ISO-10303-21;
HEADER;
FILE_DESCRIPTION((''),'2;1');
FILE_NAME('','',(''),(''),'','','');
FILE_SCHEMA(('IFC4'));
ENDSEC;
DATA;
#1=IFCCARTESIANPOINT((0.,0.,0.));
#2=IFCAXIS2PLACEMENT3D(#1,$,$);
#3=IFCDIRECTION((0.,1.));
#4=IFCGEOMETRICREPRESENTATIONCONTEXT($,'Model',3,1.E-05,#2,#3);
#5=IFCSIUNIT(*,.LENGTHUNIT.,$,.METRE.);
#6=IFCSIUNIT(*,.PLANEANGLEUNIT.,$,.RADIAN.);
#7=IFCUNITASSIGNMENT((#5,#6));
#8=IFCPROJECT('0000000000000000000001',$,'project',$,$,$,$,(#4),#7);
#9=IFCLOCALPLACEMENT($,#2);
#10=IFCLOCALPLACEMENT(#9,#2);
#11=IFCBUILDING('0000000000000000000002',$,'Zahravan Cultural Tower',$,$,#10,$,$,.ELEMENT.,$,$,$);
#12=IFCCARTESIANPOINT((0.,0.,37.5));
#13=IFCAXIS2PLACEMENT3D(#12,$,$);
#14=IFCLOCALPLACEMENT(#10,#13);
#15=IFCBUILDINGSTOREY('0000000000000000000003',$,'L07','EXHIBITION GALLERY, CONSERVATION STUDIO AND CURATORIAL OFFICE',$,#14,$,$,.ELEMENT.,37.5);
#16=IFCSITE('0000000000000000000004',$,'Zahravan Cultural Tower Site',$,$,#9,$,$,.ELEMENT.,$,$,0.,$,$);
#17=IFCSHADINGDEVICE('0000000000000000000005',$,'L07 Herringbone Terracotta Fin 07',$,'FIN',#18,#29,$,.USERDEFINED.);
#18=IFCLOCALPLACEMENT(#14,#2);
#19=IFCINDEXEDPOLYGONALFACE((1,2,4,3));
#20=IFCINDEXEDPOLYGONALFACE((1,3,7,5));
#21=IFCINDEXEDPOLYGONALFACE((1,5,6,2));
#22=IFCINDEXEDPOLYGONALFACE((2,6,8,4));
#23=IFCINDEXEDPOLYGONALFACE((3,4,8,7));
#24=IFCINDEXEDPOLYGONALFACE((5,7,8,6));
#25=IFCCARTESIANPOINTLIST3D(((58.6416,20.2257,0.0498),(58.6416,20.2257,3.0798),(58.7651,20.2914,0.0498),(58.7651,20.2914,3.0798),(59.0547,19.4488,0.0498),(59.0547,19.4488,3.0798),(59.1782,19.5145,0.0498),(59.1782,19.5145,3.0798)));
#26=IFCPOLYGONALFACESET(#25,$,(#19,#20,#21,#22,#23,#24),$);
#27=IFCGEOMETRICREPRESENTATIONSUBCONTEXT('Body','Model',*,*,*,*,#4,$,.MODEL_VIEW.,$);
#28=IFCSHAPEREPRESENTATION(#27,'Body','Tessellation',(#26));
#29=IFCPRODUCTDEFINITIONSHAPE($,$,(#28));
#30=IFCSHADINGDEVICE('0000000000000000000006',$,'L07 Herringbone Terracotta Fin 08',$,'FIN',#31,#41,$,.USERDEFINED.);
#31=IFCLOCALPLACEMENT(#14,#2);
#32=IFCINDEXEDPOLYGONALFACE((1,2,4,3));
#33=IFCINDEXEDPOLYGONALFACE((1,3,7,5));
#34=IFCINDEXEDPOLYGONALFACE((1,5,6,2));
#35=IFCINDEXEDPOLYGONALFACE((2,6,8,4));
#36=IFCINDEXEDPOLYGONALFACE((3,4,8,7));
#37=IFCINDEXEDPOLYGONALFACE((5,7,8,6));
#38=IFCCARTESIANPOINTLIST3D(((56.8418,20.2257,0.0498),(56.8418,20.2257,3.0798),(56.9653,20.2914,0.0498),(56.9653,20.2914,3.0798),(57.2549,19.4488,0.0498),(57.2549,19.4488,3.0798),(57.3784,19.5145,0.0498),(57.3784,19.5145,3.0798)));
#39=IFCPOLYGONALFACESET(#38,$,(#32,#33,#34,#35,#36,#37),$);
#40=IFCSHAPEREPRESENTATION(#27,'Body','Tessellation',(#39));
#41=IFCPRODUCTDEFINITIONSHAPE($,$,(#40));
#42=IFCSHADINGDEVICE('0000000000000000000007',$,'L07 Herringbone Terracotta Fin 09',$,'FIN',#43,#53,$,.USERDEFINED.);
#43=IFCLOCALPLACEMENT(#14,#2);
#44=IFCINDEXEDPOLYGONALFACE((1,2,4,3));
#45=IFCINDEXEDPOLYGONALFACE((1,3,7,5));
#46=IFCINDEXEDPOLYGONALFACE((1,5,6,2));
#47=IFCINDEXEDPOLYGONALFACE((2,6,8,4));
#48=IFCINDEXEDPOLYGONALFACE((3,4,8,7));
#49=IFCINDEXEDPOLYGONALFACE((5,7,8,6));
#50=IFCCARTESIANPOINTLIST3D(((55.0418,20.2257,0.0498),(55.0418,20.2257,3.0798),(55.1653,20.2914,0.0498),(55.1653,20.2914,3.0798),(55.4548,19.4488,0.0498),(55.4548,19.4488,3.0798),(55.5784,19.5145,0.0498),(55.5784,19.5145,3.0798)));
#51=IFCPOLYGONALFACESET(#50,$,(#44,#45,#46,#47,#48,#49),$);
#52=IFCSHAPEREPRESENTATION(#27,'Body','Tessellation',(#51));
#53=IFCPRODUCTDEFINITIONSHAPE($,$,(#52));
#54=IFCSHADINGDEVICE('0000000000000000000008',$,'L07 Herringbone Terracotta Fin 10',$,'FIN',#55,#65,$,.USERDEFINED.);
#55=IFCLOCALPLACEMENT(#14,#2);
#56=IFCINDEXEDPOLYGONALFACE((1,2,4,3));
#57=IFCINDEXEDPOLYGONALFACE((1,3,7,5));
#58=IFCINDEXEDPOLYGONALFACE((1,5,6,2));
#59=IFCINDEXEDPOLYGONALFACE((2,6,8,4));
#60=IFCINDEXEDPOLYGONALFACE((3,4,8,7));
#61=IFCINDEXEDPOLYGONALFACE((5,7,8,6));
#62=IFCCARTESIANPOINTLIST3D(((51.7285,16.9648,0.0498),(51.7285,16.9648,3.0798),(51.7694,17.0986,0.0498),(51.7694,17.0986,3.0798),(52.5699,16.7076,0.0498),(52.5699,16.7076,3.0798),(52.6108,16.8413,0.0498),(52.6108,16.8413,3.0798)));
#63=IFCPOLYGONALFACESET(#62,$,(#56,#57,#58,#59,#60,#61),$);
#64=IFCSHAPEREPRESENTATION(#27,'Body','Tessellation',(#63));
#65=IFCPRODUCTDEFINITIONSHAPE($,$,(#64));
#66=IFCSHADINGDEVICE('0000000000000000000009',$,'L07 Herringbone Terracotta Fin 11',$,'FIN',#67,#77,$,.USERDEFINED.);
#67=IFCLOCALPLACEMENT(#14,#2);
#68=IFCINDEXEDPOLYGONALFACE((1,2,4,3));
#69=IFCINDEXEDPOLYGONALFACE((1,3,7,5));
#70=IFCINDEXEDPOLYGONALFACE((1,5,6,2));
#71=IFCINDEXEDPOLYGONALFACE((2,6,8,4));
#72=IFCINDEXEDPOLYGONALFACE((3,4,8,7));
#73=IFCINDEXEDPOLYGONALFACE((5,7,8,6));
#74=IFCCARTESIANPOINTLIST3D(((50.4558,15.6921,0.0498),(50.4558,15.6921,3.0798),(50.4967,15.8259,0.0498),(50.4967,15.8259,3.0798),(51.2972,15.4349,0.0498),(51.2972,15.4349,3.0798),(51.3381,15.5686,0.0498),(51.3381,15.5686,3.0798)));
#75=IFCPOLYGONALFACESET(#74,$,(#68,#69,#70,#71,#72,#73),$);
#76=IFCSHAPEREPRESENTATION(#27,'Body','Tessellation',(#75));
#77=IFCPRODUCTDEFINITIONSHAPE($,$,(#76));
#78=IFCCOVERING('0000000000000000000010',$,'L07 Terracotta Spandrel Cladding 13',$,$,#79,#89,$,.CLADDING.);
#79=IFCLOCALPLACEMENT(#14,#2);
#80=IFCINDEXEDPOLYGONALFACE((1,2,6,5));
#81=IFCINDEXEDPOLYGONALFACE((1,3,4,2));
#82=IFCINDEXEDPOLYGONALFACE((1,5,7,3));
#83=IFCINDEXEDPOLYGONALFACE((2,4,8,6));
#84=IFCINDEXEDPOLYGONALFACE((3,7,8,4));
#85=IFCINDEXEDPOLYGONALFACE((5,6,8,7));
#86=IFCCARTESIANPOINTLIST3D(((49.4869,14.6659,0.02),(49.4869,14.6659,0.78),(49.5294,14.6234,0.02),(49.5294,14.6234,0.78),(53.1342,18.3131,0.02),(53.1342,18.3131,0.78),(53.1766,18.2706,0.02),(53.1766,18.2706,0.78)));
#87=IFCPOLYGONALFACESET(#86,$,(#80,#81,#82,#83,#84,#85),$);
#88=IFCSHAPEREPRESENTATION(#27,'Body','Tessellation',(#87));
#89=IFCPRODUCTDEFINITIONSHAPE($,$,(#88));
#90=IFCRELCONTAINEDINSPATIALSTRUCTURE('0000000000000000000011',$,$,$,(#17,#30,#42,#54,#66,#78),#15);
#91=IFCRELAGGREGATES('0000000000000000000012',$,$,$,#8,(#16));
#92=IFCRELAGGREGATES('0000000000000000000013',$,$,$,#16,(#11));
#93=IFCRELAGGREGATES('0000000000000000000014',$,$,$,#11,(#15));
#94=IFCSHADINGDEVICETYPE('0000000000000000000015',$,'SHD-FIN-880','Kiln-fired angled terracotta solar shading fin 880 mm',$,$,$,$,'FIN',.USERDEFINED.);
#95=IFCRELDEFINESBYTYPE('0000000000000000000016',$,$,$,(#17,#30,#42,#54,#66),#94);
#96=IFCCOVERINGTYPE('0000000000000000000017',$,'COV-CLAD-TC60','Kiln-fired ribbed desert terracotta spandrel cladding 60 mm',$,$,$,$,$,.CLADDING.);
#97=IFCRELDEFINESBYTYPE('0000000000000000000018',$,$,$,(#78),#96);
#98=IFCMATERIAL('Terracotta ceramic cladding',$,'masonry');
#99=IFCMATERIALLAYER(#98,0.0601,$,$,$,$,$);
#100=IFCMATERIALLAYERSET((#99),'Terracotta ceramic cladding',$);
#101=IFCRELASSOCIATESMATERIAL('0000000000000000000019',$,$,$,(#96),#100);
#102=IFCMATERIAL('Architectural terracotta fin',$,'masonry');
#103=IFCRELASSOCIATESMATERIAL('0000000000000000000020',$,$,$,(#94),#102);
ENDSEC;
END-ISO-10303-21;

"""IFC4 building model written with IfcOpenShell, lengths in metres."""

from ifc_helpers import new_model, si_unit, direction, frame, origin, origin_2d, place, context, subcontext, project, spatial, rectangle, extrude, source, transform, mapped, material, layer, layer_set, type_object, element, save


model = new_model("IFC4")

# Units and contexts
model_context = context("Model", 3, precision=1e-05, world=origin(), true_north=direction((0.0, 1.0)))
body_context = subcontext(model_context, "Body", "Model", "MODEL_VIEW")
ifc_project = project(units=[si_unit("LENGTHUNIT", "METRE"), si_unit("PLANEANGLEUNIT", "RADIAN")], contexts=[model_context])

# Site, building, storey
site_placement = place(None, origin())
site = spatial("IfcSite", under=ifc_project, at=site_placement, Name="Zahravan Cultural Tower Site", CompositionType="ELEMENT", RefElevation=0.0)
building_placement = place(site_placement, origin())
building = spatial("IfcBuilding", under=site, at=building_placement, Name="Zahravan Cultural Tower", CompositionType="ELEMENT")
storey_placement = place(building_placement, frame((0.0, 0.0, 37.5)))
storey = spatial("IfcBuildingStorey", under=building, at=storey_placement, Name="L07", Description="EXHIBITION GALLERY, CONSERVATION STUDIO AND CURATORIAL OFFICE", CompositionType="ELEMENT", Elevation=37.5)

# Shared definitions
ifc_material_1 = material(Name="Terracotta ceramic cladding", Category="masonry")
ifc_layer_1 = layer(ifc_material_1, 0.0601)
ifc_layer_set_1 = layer_set([ifc_layer_1], Name="Terracotta ceramic cladding")
covering_type = type_object("IfcCoveringType", Name="COV-CLAD-TC60", Description="Kiln-fired ribbed desert terracotta spandrel cladding 60 mm", PredefinedType="CLADDING", material=ifc_layer_set_1)

# Shading devices
ifc_material_2 = material(Name="Architectural terracotta fin", Category="masonry")
shading_device_type = type_object("IfcShadingDeviceType", Name="SHD-FIN-880", Description="Kiln-fired angled terracotta solar shading fin 880 mm", ElementType="FIN", PredefinedType="USERDEFINED", material=ifc_material_2)
shared_shape_1 = source(origin(), body_context, "Body", "SweptSolid", [
    extrude(rectangle(XDim=0.8799, YDim=0.1399, at=origin_2d()), origin(), (0.0, 0.0, 1.0), 3.03),
])
for number, where, z_axis, x_axis, name in (
    (1, (58.9099, 19.8701, 0.0498), (0.0, 0.0, 1.0), (0.469472, -0.882948, 0.0), "L07 Herringbone Terracotta Fin 07"),
    (2, (57.1101, 19.8701, 0.0498), (0.0, 0.0, 1.0), (0.469472, -0.882948, 0.0), "L07 Herringbone Terracotta Fin 08"),
    (3, (55.3101, 19.8701, 0.0498), (0.0, 0.0, 1.0), (0.469472, -0.882948, 0.0), "L07 Herringbone Terracotta Fin 09"),
    (4, (52.1697, 16.9031, 0.0498), (0.0, 0.0, 1.0), (0.956305, -0.292372, 0.0), "L07 Herringbone Terracotta Fin 10"),
    (5, (50.897, 15.6304, 0.0498), (0.0, 0.0, 1.0), (0.956305, -0.292372, 0.0), "L07 Herringbone Terracotta Fin 11"),
):
    element("IfcShadingDevice", number, at=place(storey_placement, frame(where, z_axis=z_axis, x_axis=x_axis)), inside=storey, type_object=shading_device_type, Name=name, ObjectType="FIN", PredefinedType="USERDEFINED", context=body_context, shape_type="MappedRepresentation", body=[
        mapped(shared_shape_1, transform((0.0, 0.0, 0.0), x_axis=(1.0, 0.0, 0.0), y_axis=(0.0, 1.0, 0.0), z_axis=(0.0, 0.0, 1.0), scale=1.0)),
    ])

# Covering
shared_shape_2 = source(origin(), body_context, "Body", "SweptSolid", [
    extrude(rectangle(XDim=5.158, YDim=0.0601, at=origin_2d()), origin(), (0.0, 0.0, 1.0), 0.76),
])
covering_1_placement = place(storey_placement, frame((51.3318, 16.4683, 0.02), z_axis=(0.0, 0.0, 1.0), x_axis=(-0.707107, -0.707107, 0.0)))
element("IfcCovering", 6, at=covering_1_placement, inside=storey, type_object=covering_type, Name="L07 Terracotta Spandrel Cladding 13", PredefinedType="CLADDING", context=body_context, shape_type="MappedRepresentation", body=[
    mapped(shared_shape_2, transform((0.0, 0.0, 0.0), x_axis=(1.0, 0.0, 0.0), y_axis=(0.0, 1.0, 0.0), z_axis=(0.0, 0.0, 1.0), scale=1.0)),
])

save(model, "model.ifc")
